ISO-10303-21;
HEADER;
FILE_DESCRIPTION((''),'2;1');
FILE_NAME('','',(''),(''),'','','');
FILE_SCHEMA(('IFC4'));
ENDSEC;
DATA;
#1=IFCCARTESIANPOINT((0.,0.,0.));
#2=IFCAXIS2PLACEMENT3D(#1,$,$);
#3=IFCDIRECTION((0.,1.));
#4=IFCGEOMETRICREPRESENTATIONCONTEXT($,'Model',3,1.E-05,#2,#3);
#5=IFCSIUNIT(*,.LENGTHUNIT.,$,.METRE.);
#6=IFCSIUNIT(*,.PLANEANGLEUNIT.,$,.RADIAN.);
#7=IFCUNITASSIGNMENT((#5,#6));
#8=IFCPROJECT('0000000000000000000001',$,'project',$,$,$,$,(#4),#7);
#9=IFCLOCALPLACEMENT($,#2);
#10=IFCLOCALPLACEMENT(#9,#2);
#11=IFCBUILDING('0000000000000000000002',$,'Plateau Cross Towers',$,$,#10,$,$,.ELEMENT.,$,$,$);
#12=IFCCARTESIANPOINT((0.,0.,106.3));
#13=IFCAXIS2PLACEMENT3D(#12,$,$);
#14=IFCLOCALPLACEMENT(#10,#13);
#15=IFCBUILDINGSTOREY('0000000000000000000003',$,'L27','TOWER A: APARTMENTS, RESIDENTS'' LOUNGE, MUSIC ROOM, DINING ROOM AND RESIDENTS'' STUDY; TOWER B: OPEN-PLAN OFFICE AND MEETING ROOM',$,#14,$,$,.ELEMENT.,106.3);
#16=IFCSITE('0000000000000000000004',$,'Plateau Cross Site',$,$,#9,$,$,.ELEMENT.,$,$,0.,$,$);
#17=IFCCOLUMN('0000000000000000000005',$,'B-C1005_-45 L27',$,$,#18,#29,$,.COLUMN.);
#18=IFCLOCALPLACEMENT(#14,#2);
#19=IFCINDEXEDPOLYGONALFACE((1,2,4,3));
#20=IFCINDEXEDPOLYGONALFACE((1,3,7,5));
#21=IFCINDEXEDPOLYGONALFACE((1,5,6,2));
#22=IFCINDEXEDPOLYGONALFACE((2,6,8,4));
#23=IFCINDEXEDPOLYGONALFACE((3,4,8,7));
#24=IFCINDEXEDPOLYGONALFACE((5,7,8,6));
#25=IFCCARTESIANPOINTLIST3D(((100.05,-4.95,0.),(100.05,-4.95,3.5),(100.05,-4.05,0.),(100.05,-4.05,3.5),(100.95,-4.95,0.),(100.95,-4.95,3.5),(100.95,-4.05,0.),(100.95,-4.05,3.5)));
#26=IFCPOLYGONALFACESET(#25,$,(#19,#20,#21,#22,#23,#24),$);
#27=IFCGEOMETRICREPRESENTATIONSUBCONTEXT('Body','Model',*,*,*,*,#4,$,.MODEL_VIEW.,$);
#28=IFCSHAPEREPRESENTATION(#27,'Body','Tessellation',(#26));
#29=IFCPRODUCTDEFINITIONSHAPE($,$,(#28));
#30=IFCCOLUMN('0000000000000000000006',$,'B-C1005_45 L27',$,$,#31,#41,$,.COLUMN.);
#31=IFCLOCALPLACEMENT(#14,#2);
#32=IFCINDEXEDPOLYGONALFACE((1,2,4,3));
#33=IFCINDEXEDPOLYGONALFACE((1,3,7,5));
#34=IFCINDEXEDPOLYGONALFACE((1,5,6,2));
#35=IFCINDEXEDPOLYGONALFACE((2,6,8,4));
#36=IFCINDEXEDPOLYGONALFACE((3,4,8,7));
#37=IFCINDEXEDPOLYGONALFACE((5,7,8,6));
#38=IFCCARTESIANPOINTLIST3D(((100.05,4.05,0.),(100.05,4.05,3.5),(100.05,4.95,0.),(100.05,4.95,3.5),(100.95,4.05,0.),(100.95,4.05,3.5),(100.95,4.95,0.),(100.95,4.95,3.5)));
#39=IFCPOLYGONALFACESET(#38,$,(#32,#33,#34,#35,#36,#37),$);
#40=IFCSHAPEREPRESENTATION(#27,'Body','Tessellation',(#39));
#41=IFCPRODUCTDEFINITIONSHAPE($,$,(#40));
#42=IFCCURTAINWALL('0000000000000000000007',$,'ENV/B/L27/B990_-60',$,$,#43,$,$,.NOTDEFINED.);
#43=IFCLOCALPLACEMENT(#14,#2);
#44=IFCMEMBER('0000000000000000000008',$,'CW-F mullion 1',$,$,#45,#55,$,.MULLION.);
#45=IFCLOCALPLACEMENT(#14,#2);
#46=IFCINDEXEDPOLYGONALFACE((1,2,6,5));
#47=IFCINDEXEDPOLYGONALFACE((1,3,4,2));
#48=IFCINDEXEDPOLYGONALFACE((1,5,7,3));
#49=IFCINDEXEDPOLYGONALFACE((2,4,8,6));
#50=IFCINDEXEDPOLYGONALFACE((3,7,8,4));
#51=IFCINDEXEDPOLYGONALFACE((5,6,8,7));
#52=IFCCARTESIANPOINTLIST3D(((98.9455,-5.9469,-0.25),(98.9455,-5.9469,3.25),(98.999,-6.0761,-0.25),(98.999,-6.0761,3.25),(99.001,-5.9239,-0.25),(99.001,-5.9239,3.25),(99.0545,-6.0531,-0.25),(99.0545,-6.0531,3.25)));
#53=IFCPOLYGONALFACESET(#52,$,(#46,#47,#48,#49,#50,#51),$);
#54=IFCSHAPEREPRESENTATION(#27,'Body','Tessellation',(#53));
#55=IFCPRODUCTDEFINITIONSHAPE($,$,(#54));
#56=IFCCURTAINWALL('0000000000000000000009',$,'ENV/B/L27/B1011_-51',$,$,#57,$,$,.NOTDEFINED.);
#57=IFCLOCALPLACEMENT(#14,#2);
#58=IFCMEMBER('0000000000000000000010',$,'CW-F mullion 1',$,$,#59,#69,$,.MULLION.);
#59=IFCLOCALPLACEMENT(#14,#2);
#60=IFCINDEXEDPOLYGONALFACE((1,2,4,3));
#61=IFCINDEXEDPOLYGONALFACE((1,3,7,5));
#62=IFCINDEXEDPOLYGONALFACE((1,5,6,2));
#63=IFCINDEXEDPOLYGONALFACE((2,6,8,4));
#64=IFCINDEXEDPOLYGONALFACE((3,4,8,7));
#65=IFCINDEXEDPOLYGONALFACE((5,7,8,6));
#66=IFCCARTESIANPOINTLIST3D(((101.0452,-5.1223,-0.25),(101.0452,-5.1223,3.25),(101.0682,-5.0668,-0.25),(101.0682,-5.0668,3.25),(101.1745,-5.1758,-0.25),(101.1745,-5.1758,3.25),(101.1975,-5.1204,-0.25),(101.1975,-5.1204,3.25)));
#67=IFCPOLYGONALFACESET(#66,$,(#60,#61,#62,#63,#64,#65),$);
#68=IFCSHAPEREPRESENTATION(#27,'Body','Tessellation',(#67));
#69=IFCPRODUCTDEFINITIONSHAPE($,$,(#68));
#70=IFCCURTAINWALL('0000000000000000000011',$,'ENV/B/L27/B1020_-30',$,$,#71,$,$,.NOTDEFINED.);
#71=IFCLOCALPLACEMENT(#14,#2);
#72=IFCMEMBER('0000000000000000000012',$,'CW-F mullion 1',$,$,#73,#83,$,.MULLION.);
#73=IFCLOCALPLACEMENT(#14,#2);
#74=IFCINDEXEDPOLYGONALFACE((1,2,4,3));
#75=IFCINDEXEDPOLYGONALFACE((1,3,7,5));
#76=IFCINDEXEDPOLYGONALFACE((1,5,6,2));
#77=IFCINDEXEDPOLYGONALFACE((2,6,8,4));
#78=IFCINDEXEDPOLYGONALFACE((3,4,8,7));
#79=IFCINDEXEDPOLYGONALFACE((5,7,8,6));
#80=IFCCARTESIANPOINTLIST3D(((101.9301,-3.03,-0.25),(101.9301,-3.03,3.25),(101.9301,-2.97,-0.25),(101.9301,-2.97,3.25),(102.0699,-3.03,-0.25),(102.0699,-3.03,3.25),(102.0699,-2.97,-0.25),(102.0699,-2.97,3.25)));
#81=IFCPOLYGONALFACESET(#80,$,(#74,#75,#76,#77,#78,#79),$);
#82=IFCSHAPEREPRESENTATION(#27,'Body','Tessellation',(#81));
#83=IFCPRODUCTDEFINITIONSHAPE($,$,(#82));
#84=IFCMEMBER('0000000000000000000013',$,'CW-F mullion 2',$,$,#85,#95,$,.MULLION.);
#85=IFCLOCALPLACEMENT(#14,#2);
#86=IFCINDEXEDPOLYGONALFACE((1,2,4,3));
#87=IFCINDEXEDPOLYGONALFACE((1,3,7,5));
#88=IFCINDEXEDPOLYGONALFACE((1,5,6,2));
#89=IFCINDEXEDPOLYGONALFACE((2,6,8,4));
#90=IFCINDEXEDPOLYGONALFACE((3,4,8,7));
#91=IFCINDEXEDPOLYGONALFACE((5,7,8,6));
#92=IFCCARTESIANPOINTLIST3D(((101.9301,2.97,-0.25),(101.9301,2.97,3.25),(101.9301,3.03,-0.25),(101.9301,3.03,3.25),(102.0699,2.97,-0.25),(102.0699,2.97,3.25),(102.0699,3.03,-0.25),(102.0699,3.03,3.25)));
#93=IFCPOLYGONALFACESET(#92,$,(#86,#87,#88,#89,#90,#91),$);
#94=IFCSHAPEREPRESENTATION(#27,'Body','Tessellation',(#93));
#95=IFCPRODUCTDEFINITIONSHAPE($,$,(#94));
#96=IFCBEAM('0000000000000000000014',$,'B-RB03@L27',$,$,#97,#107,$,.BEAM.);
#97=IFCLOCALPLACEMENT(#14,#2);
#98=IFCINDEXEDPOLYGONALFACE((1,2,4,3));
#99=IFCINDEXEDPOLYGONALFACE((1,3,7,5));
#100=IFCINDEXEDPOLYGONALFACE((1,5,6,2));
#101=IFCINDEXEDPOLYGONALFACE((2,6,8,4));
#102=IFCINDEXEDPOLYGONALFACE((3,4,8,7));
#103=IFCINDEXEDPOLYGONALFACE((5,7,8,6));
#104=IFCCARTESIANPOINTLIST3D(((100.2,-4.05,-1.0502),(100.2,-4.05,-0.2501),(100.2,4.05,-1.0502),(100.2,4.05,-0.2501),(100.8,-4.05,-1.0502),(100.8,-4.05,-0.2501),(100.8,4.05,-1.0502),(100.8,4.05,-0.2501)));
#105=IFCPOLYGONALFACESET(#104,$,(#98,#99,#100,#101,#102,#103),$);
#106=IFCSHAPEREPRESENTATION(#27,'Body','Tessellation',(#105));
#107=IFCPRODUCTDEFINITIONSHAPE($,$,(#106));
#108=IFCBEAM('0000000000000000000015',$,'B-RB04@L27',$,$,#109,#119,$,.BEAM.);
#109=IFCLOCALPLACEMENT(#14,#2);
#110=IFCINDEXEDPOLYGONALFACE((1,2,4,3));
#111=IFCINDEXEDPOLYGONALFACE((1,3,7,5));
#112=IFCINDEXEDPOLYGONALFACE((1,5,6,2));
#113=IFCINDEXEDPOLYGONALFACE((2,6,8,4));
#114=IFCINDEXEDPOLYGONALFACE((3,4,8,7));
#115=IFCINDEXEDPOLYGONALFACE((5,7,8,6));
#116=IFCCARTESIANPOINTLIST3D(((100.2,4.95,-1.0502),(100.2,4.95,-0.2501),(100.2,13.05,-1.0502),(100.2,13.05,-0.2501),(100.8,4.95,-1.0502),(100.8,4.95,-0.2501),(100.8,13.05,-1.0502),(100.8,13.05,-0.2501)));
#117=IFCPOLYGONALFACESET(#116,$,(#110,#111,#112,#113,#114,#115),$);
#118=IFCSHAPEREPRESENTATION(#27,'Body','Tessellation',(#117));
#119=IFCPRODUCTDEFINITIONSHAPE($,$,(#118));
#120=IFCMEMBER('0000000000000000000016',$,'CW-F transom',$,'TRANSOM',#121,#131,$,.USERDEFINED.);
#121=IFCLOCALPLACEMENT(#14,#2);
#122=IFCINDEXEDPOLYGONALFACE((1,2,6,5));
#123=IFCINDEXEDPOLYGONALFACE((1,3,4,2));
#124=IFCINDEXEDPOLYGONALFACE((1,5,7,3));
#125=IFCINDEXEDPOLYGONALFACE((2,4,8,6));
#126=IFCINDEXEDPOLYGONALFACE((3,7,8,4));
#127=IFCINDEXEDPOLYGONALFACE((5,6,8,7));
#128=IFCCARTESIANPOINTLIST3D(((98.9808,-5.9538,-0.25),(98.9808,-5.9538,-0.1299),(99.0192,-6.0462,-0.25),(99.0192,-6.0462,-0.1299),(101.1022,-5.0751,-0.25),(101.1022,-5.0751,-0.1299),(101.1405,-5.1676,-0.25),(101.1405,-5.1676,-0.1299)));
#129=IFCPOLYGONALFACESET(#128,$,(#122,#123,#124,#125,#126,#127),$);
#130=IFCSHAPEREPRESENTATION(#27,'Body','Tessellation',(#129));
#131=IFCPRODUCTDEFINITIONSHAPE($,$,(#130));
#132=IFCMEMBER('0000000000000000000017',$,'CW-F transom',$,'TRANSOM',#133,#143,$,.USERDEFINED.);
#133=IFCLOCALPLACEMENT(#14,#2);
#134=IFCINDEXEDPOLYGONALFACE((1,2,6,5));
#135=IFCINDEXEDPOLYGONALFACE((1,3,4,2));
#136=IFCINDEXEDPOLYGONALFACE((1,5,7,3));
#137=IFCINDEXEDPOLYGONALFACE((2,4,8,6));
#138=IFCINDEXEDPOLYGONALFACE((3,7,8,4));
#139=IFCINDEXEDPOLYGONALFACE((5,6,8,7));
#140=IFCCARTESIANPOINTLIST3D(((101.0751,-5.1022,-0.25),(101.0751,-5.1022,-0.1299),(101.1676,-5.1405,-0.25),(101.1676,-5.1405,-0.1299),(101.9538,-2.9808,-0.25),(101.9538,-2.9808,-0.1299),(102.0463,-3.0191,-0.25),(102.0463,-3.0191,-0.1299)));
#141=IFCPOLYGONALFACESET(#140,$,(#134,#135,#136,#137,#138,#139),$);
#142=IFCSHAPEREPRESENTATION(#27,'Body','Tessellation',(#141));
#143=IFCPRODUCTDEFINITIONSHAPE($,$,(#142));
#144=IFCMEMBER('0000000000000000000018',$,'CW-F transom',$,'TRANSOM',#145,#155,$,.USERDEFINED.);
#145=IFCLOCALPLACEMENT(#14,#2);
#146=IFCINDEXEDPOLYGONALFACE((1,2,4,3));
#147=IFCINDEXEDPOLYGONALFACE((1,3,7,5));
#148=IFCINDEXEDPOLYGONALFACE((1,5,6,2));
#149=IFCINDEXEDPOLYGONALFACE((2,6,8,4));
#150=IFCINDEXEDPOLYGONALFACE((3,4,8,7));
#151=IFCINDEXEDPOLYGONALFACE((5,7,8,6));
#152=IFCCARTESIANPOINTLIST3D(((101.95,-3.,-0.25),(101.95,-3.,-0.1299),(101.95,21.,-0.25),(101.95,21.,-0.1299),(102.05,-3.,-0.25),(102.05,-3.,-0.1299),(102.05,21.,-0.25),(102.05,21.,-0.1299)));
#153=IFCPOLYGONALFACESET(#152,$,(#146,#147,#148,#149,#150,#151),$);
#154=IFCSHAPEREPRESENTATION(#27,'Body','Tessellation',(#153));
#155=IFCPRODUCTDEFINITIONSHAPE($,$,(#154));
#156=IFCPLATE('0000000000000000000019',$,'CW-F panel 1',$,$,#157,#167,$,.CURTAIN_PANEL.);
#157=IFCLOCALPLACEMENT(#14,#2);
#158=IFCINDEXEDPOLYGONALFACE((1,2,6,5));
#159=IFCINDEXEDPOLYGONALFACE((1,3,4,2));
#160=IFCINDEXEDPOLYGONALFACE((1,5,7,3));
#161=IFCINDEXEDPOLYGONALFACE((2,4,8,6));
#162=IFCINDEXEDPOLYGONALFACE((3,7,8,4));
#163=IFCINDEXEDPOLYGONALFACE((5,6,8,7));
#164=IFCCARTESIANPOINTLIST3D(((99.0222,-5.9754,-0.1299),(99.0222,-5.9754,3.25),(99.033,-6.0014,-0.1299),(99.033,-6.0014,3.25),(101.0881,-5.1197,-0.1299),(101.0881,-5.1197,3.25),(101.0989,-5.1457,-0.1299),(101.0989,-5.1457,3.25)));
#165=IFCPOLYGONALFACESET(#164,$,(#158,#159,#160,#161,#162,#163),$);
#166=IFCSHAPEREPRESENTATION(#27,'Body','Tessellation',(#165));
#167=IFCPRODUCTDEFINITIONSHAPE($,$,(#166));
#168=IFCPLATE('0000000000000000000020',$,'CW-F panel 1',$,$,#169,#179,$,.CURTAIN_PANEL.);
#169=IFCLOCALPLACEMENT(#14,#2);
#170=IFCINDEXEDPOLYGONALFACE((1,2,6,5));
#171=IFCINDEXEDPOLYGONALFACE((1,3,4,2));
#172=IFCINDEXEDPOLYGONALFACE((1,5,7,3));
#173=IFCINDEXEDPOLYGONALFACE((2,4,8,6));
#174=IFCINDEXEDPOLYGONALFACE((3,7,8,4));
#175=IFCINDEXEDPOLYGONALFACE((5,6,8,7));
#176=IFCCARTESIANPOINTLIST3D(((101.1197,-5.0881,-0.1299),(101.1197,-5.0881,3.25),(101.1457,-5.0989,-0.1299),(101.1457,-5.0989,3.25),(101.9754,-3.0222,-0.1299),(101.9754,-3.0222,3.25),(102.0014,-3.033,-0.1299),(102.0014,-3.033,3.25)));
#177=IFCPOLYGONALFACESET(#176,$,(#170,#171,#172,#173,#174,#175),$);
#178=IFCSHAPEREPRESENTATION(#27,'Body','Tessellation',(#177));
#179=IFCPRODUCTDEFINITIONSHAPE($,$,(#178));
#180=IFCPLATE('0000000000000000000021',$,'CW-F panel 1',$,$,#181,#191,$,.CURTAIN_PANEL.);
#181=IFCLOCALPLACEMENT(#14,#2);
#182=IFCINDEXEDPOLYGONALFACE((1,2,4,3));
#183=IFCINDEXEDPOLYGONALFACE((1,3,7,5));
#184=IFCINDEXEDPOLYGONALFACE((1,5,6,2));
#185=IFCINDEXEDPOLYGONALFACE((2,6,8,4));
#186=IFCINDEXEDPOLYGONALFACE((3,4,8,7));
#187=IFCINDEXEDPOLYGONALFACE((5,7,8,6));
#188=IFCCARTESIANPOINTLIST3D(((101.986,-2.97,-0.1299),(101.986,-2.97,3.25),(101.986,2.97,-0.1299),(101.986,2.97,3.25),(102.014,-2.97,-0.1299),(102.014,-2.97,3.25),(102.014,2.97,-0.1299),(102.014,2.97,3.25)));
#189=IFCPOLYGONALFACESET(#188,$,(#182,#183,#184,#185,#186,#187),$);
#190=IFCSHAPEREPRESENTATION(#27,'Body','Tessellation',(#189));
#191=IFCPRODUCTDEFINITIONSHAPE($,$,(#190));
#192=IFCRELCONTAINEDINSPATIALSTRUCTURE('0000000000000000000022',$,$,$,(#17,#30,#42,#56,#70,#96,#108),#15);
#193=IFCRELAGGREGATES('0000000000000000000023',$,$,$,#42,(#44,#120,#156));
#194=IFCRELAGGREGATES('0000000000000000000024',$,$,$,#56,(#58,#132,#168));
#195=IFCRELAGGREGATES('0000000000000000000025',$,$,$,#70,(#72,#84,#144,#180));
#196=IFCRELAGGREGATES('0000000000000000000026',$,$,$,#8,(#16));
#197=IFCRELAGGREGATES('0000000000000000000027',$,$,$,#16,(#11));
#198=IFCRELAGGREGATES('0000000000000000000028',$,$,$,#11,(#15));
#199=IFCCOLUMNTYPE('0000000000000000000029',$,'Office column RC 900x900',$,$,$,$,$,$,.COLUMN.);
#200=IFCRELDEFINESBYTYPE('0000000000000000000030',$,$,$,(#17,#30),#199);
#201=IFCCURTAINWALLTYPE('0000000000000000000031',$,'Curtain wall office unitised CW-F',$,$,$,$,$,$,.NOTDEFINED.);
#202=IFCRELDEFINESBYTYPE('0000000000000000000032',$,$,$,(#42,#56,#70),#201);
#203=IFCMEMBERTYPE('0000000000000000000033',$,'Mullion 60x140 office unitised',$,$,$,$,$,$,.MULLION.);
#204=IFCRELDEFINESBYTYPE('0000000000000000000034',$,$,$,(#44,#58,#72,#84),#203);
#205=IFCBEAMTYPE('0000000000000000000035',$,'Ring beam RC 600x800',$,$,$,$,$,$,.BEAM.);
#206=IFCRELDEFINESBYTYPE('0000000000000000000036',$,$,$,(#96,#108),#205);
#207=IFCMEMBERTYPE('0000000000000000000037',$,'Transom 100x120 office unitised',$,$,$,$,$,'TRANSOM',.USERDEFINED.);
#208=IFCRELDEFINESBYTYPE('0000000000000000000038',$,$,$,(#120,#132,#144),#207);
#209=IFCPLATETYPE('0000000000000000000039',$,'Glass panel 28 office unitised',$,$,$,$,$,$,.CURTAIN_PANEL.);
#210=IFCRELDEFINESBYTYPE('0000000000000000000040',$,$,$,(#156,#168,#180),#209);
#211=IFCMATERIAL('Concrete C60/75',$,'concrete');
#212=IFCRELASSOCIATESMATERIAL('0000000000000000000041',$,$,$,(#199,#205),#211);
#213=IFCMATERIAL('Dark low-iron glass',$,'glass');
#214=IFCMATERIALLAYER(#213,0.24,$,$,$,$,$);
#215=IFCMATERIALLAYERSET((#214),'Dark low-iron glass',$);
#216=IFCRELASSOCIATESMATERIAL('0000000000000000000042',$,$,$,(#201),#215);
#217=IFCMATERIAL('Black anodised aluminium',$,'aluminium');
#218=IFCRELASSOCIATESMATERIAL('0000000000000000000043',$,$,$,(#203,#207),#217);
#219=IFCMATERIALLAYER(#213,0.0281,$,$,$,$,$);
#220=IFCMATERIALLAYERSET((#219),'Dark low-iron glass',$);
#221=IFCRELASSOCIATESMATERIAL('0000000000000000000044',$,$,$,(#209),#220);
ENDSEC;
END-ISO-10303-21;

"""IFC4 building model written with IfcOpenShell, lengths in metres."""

from ifc_helpers import new_model, si_unit, direction, frame, origin, origin_2d, place, context, subcontext, project, spatial, rectangle, extrude, material, layer, layer_set, material_profile, profile_set, type_object, element, aggregate, save


model = new_model("IFC4")

# Units and contexts
model_context = context("Model", 3, precision=1e-05, world=origin(), true_north=direction((0.0, 1.0)))
body_context = subcontext(model_context, "Body", "Model", "MODEL_VIEW")
ifc_project = project(units=[si_unit("LENGTHUNIT", "METRE"), si_unit("PLANEANGLEUNIT", "RADIAN")], contexts=[model_context])

# Site, building, storey
site_placement = place(None, origin())
site = spatial("IfcSite", under=ifc_project, at=site_placement, Name="Plateau Cross Site", CompositionType="ELEMENT", RefElevation=0.0)
building_placement = place(site_placement, origin())
building = spatial("IfcBuilding", under=site, at=building_placement, Name="Plateau Cross Towers", CompositionType="ELEMENT")
storey_placement = place(building_placement, frame((0.0, 0.0, 106.3)))
storey = spatial("IfcBuildingStorey", under=building, at=storey_placement, Name="L27", Description="TOWER A: APARTMENTS, RESIDENTS' LOUNGE, MUSIC ROOM, DINING ROOM AND RESIDENTS' STUDY; TOWER B: OPEN-PLAN OFFICE AND MEETING ROOM", CompositionType="ELEMENT", Elevation=106.3)

# Columns
ifc_material_1 = material(Name="Concrete C60/75", Category="concrete")
ifc_material_profile_1 = material_profile(ifc_material_1, rectangle(XDim=0.8999, YDim=0.8999, at=origin_2d()), Name="RC 900x900")
ifc_profile_set_1 = profile_set([ifc_material_profile_1], Name="Concrete C60/75")
column_type = type_object("IfcColumnType", Name="Office column RC 900x900", PredefinedType="COLUMN", material=ifc_profile_set_1)
for number, where, z_axis, x_axis, name in (
    (1, (100.5, -4.5, 0.0), (0.0, 0.0, 1.0), (1.0, 0.0, 0.0), "B-C1005_-45 L27"),
    (2, (100.5, 4.5, 0.0), (0.0, 0.0, 1.0), (1.0, 0.0, 0.0), "B-C1005_45 L27"),
):
    element("IfcColumn", number, at=place(storey_placement, frame(where, z_axis=z_axis, x_axis=x_axis)), inside=storey, type_object=column_type, Name=name, PredefinedType="COLUMN", context=body_context, shape_type="SweptSolid", body=[
        extrude(rectangle(XDim=0.8999, YDim=0.8999, at=origin_2d()), origin(), (0.0, 0.0, 1.0), 3.5),
    ])

# Curtain walls, members
ifc_material_2 = material(Name="Dark low-iron glass", Category="glass")
ifc_layer_1 = layer(ifc_material_2, 0.24)
ifc_layer_set_1 = layer_set([ifc_layer_1], Name="Dark low-iron glass")
curtain_wall_type = type_object("IfcCurtainWallType", Name="Curtain wall office unitised CW-F", PredefinedType="NOTDEFINED", material=ifc_layer_set_1)
curtain_wall_1_placement = place(storey_placement, origin())
curtain_wall_1 = element("IfcCurtainWall", 3, at=curtain_wall_1_placement, inside=storey, type_object=curtain_wall_type, Name="ENV/B/L27/B990_-60", PredefinedType="NOTDEFINED")
ifc_material_3 = material(Name="Black anodised aluminium", Category="aluminium")
ifc_material_profile_2 = material_profile(ifc_material_3, rectangle(XDim=0.0601, YDim=0.1399, at=origin_2d()), Name="MULLION 60x140")
ifc_profile_set_2 = profile_set([ifc_material_profile_2], Name="Black anodised aluminium")
member_type_1 = type_object("IfcMemberType", Name="Mullion 60x140 office unitised", PredefinedType="MULLION", material=ifc_profile_set_2)
member_1_placement = place(storey_placement, frame((99.0, -6.0, -0.25), z_axis=(0.0, 0.0, 1.0), x_axis=(0.923879, 0.382684, 0.0)))
member_1 = element("IfcMember", 4, at=member_1_placement, type_object=member_type_1, Name="CW-F mullion 1", PredefinedType="MULLION", context=body_context, shape_type="SweptSolid", body=[
    extrude(rectangle(XDim=0.0601, YDim=0.1399, at=origin_2d()), origin(), (0.0, 0.0, 1.0), 3.5),
])
curtain_wall_2_placement = place(storey_placement, origin())
curtain_wall_2 = element("IfcCurtainWall", 5, at=curtain_wall_2_placement, inside=storey, type_object=curtain_wall_type, Name="ENV/B/L27/B1011_-51", PredefinedType="NOTDEFINED")
member_2_placement = place(storey_placement, frame((101.1213, -5.1213, -0.25), z_axis=(0.0, 0.0, 1.0), x_axis=(0.382684, 0.923879, 0.0)))
member_2 = element("IfcMember", 6, at=member_2_placement, type_object=member_type_1, Name="CW-F mullion 1", PredefinedType="MULLION", context=body_context, shape_type="SweptSolid", body=[
    extrude(rectangle(XDim=0.0601, YDim=0.1399, at=origin_2d()), origin(), (0.0, 0.0, 1.0), 3.5),
])

# Curtain wall, members
curtain_wall_3_placement = place(storey_placement, origin())
curtain_wall_3 = element("IfcCurtainWall", 7, at=curtain_wall_3_placement, inside=storey, type_object=curtain_wall_type, Name="ENV/B/L27/B1020_-30", PredefinedType="NOTDEFINED")
member_3_placement = place(storey_placement, frame((102.0, -3.0, -0.25), z_axis=(0.0, 0.0, 1.0), x_axis=(0.0, 1.0, 0.0)))
member_3 = element("IfcMember", 8, at=member_3_placement, type_object=member_type_1, Name="CW-F mullion 1", PredefinedType="MULLION", context=body_context, shape_type="SweptSolid", body=[
    extrude(rectangle(XDim=0.0601, YDim=0.1399, at=origin_2d()), origin(), (0.0, 0.0, 1.0), 3.5),
])
member_4_placement = place(storey_placement, frame((102.0, 3.0, -0.25), z_axis=(0.0, 0.0, 1.0), x_axis=(0.0, 1.0, 0.0)))
member_4 = element("IfcMember", 9, at=member_4_placement, type_object=member_type_1, Name="CW-F mullion 2", PredefinedType="MULLION", context=body_context, shape_type="SweptSolid", body=[
    extrude(rectangle(XDim=0.0601, YDim=0.1399, at=origin_2d()), origin(), (0.0, 0.0, 1.0), 3.5),
])

# Beams
ifc_material_profile_3 = material_profile(ifc_material_1, rectangle(XDim=0.6001, YDim=0.8, at=origin_2d()), Name="RC 600x800")
ifc_profile_set_3 = profile_set([ifc_material_profile_3], Name="Concrete C60/75")
beam_type = type_object("IfcBeamType", Name="Ring beam RC 600x800", PredefinedType="BEAM", material=ifc_profile_set_3)
for number, where, z_axis, x_axis, name in (
    (10, (100.5, -4.05, -0.6501), (0.0, 1.0, 0.0), (-1.0, 0.0, 0.0), "B-RB03@L27"),
    (11, (100.5, 4.95, -0.6501), (0.0, 1.0, 0.0), (-1.0, 0.0, 0.0), "B-RB04@L27"),
):
    element("IfcBeam", number, at=place(storey_placement, frame(where, z_axis=z_axis, x_axis=x_axis)), inside=storey, type_object=beam_type, Name=name, PredefinedType="BEAM", context=body_context, shape_type="SweptSolid", body=[
        extrude(rectangle(XDim=0.6001, YDim=0.8, at=origin_2d()), origin(), (0.0, 0.0, 1.0), 8.1001),
    ])

# Members
ifc_material_profile_4 = material_profile(ifc_material_3, rectangle(XDim=0.1001, YDim=0.1201, at=origin_2d()), Name="TRANSOM 100x120")
ifc_profile_set_4 = profile_set([ifc_material_profile_4], Name="Black anodised aluminium")
member_type_2 = type_object("IfcMemberType", Name="Transom 100x120 office unitised", ElementType="TRANSOM", PredefinedType="USERDEFINED", material=ifc_profile_set_4)
member_5_placement = place(storey_placement, frame((99.0, -6.0, -0.1899), z_axis=(0.923883, 0.382674, 0.0), x_axis=(-0.382674, 0.923883, 0.0)))
member_5 = element("IfcMember", 12, at=member_5_placement, type_object=member_type_2, Name="CW-F transom", ObjectType="TRANSOM", PredefinedType="USERDEFINED", context=body_context, shape_type="SweptSolid", body=[
    extrude(rectangle(XDim=0.1001, YDim=0.1201, at=origin_2d()), origin(), (0.0, 0.0, 1.0), 2.2961),
])
member_6_placement = place(storey_placement, frame((101.1213, -5.1213, -0.1899), z_axis=(0.382674, 0.923883, 0.0), x_axis=(-0.923883, 0.382674, 0.0)))
member_6 = element("IfcMember", 13, at=member_6_placement, type_object=member_type_2, Name="CW-F transom", ObjectType="TRANSOM", PredefinedType="USERDEFINED", context=body_context, shape_type="SweptSolid", body=[
    extrude(rectangle(XDim=0.1001, YDim=0.1201, at=origin_2d()), origin(), (0.0, 0.0, 1.0), 2.2961),
])
member_7_placement = place(storey_placement, frame((102.0, -3.0, -0.1899), z_axis=(0.0, 1.0, 0.0), x_axis=(-1.0, 0.0, 0.0)))
member_7 = element("IfcMember", 14, at=member_7_placement, type_object=member_type_2, Name="CW-F transom", ObjectType="TRANSOM", PredefinedType="USERDEFINED", context=body_context, shape_type="SweptSolid", body=[
    extrude(rectangle(XDim=0.1001, YDim=0.1201, at=origin_2d()), origin(), (0.0, 0.0, 1.0), 24.0),
])

# Plates
ifc_layer_2 = layer(ifc_material_2, 0.0281)
ifc_layer_set_2 = layer_set([ifc_layer_2], Name="Dark low-iron glass")
plate_type = type_object("IfcPlateType", Name="Glass panel 28 office unitised", PredefinedType="CURTAIN_PANEL", material=ifc_layer_set_2)
plate_1_placement = place(storey_placement, frame((100.0605, -5.5605, -0.1299), z_axis=(0.0, 0.0, 1.0), x_axis=(0.923879, 0.382684, 0.0)))
plate_1 = element("IfcPlate", 15, at=plate_1_placement, type_object=plate_type, Name="CW-F panel 1", PredefinedType="CURTAIN_PANEL", context=body_context, shape_type="SweptSolid", body=[
    extrude(rectangle(XDim=2.2361, YDim=0.0281, at=origin_2d()), origin(), (0.0, 0.0, 1.0), 3.3799),
])
aggregate(curtain_wall_1, [member_1, member_5, plate_1])
plate_2_placement = place(storey_placement, frame((101.5605, -4.0605, -0.1299), z_axis=(0.0, 0.0, 1.0), x_axis=(0.382684, 0.923879, 0.0)))
plate_2 = element("IfcPlate", 16, at=plate_2_placement, type_object=plate_type, Name="CW-F panel 1", PredefinedType="CURTAIN_PANEL", context=body_context, shape_type="SweptSolid", body=[
    extrude(rectangle(XDim=2.2361, YDim=0.0281, at=origin_2d()), origin(), (0.0, 0.0, 1.0), 3.3799),
])
aggregate(curtain_wall_2, [member_2, member_6, plate_2])
plate_3_placement = place(storey_placement, frame((102.0, 0.0, -0.1299), z_axis=(0.0, 0.0, 1.0), x_axis=(0.0, 1.0, 0.0)))
plate_3 = element("IfcPlate", 17, at=plate_3_placement, type_object=plate_type, Name="CW-F panel 1", PredefinedType="CURTAIN_PANEL", context=body_context, shape_type="SweptSolid", body=[
    extrude(rectangle(XDim=5.9399, YDim=0.0281, at=origin_2d()), origin(), (0.0, 0.0, 1.0), 3.3799),
])
aggregate(curtain_wall_3, [member_3, member_4, member_7, plate_3])

save(model, "model.ifc")
